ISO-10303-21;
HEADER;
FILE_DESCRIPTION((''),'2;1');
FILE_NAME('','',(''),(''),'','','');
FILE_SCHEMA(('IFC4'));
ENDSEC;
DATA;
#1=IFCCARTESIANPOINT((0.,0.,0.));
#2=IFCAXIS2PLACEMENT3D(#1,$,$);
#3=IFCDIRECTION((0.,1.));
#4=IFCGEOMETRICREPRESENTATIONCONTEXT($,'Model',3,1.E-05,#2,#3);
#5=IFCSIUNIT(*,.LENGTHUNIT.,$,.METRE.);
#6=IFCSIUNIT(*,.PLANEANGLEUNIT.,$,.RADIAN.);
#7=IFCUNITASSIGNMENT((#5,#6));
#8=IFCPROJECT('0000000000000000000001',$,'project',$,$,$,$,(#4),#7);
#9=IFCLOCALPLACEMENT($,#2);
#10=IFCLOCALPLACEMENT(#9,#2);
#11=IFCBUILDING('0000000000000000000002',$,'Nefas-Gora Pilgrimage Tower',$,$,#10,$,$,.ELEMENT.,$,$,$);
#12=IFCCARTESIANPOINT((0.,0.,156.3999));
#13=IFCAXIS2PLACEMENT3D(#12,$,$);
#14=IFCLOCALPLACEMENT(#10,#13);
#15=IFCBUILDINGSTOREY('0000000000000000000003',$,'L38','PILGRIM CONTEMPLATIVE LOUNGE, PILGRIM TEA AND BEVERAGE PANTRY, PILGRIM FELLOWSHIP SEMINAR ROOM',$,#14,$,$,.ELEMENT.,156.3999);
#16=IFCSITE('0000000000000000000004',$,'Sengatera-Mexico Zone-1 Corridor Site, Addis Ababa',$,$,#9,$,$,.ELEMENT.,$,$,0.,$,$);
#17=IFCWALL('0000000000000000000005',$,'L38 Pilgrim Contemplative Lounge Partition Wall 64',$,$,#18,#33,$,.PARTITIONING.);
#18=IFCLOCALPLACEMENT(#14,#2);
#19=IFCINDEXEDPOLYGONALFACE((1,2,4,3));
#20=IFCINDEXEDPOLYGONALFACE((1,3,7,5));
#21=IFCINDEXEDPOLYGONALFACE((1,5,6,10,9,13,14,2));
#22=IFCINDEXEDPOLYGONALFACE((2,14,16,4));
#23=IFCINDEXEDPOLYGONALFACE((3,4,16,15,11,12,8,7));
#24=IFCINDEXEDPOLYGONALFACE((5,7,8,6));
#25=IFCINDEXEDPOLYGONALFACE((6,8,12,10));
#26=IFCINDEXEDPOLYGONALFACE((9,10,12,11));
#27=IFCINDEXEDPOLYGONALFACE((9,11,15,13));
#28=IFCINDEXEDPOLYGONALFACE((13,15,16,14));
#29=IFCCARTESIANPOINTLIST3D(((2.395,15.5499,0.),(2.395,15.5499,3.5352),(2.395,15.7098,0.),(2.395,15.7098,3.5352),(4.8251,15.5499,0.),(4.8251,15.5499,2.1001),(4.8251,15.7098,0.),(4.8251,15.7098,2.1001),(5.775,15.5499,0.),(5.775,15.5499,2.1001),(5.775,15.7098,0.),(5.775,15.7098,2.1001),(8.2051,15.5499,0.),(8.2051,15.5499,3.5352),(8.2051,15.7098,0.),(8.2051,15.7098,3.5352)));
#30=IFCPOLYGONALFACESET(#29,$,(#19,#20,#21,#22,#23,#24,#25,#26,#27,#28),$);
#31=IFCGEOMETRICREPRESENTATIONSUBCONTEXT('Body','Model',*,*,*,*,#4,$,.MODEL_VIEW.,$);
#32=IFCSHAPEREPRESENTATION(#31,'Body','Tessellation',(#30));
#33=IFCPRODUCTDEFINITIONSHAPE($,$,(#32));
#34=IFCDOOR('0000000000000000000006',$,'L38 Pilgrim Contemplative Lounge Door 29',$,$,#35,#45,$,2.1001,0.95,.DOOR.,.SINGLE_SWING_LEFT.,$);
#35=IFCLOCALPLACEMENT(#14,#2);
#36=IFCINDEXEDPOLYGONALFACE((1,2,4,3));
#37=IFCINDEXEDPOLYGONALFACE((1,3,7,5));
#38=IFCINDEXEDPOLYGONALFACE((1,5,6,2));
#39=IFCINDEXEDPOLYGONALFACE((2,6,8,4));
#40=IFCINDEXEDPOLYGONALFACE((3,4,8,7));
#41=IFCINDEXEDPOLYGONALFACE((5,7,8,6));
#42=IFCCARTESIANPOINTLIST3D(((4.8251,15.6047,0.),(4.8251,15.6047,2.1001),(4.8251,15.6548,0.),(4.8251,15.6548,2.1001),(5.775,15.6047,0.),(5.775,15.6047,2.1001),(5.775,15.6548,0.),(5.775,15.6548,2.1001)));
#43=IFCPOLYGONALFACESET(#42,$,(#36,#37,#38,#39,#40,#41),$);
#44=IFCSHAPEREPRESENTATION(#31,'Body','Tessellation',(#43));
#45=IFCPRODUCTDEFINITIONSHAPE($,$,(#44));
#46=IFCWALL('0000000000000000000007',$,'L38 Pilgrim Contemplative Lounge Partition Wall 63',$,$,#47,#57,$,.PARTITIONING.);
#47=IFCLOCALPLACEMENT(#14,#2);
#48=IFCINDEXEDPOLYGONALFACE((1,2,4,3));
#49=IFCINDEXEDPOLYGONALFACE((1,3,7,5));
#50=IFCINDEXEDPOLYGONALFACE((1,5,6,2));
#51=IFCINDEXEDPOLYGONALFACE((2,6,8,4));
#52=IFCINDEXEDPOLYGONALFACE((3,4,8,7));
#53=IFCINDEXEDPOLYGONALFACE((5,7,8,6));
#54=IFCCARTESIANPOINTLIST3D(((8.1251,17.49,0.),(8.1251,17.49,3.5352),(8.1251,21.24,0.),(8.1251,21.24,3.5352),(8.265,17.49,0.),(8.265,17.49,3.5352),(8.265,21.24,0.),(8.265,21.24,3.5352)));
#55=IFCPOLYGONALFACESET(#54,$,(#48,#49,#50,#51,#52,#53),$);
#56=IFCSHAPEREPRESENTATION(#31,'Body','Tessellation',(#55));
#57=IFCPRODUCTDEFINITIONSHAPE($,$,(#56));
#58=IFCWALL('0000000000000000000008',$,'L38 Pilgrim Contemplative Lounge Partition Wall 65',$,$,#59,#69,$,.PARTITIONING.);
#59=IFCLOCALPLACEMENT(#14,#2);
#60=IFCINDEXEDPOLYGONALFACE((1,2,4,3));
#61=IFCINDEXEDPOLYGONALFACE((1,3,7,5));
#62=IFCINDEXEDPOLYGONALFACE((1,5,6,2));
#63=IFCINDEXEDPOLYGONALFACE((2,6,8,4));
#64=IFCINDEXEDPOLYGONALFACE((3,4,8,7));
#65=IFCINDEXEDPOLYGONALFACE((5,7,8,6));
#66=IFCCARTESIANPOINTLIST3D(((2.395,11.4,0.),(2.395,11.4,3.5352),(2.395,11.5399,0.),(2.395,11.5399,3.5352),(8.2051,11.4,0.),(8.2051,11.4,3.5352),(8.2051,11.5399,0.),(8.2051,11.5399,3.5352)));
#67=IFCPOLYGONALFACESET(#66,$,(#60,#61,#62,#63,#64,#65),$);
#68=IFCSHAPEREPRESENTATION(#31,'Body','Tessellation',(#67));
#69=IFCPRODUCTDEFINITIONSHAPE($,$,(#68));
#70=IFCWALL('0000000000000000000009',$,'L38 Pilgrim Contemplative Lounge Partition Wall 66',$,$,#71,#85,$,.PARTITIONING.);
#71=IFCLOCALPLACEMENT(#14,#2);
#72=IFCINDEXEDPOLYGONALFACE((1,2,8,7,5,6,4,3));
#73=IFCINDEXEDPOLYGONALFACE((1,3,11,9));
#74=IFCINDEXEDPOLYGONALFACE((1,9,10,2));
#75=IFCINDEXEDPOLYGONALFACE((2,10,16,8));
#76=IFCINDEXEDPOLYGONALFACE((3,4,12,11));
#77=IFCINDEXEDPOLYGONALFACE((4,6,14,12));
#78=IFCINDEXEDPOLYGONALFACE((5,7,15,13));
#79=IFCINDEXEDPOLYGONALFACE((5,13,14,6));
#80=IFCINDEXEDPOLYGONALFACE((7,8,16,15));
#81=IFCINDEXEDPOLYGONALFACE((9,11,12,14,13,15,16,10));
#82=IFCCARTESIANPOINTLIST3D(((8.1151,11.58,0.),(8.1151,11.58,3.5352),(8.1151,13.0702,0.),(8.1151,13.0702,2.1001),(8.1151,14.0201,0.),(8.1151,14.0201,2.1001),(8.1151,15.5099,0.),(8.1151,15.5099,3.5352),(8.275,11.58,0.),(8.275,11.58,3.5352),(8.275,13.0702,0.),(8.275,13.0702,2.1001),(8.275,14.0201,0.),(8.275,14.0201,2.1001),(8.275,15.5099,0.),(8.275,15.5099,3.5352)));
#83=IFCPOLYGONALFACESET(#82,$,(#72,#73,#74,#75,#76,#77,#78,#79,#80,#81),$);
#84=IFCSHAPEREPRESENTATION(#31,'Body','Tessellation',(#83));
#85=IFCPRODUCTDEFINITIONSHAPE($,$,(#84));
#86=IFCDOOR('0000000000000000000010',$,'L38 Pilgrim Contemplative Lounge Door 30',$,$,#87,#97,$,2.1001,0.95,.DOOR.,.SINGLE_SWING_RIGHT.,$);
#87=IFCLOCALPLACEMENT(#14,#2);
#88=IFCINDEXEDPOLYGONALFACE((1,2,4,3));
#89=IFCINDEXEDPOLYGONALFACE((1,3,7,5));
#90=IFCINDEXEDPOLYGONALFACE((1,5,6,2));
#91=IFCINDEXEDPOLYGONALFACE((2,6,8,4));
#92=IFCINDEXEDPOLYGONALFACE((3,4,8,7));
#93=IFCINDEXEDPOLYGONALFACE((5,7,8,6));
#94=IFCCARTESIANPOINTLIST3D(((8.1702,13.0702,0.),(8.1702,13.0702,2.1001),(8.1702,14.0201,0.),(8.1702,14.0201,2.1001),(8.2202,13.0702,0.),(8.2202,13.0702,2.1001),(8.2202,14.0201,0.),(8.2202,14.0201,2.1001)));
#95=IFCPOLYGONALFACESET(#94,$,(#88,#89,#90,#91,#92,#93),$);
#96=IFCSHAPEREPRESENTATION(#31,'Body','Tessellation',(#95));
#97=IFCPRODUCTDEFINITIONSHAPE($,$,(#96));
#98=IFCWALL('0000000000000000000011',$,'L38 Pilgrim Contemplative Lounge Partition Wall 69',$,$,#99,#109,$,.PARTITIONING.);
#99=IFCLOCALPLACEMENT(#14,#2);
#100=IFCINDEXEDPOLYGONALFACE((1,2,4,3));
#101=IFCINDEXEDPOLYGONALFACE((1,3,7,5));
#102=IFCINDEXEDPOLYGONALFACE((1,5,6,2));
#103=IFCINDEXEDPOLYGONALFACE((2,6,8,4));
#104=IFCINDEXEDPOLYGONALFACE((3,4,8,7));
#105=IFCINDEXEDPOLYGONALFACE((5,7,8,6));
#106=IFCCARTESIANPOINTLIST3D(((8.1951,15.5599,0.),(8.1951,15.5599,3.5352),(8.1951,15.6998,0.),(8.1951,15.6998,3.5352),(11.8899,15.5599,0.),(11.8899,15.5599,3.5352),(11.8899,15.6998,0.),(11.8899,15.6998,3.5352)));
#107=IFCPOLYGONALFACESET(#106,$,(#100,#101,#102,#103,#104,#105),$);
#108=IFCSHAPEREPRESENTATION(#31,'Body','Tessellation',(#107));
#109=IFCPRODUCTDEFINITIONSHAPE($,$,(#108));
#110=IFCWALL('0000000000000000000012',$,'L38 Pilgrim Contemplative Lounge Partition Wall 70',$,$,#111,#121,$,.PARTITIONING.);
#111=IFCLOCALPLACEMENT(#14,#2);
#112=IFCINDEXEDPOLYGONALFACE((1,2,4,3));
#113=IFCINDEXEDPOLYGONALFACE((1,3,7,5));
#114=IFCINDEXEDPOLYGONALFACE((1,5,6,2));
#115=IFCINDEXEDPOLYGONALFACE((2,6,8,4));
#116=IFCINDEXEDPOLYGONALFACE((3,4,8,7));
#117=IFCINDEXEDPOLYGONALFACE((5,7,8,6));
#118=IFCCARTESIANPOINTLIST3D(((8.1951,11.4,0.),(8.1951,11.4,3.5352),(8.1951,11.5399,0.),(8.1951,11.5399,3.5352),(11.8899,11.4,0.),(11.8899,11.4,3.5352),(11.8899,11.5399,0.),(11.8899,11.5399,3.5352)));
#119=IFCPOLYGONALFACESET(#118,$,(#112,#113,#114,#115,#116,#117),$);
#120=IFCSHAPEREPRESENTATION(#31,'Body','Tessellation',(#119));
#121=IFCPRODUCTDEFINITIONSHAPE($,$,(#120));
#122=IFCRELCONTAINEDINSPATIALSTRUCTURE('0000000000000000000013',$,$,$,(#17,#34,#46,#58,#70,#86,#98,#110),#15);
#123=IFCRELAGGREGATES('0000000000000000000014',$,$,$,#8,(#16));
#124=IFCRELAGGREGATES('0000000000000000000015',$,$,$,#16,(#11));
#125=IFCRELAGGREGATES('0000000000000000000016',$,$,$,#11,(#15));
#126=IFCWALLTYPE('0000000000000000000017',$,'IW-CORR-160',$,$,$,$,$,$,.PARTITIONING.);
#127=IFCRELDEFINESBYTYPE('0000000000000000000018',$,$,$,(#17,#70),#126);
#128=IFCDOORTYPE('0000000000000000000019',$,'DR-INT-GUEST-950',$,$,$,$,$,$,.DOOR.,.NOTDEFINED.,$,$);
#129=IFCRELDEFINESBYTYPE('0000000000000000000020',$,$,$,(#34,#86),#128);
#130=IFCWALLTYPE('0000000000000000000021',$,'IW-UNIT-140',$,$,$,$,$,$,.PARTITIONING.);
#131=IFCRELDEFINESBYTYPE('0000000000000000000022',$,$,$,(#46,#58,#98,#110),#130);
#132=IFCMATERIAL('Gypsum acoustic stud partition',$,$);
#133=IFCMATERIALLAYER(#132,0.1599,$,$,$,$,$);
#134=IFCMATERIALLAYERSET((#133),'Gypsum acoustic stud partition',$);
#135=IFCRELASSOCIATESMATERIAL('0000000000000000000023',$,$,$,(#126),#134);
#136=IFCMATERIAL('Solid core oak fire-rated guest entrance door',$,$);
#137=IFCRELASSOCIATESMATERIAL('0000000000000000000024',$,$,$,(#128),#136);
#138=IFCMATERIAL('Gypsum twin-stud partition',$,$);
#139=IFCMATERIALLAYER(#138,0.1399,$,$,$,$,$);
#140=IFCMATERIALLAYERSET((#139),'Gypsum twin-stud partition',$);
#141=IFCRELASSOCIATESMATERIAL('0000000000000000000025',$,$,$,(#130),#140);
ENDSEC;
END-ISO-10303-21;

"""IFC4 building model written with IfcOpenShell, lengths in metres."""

from ifc_helpers import new_model, si_unit, direction, frame, frame_2d, origin, place, context, subcontext, project, spatial, rectangle, extrude, source, transform, mapped, material, layer, layer_set, type_object, element, fill, save


model = new_model("IFC4")

# Units and contexts
model_context = context("Model", 3, precision=1e-05, world=origin(), true_north=direction((0.0, 1.0)))
body_context = subcontext(model_context, "Body", "Model", "MODEL_VIEW")
ifc_project = project(units=[si_unit("LENGTHUNIT", "METRE"), si_unit("PLANEANGLEUNIT", "RADIAN")], contexts=[model_context])

# Site, building, storey
site_placement = place(None, origin())
site = spatial("IfcSite", under=ifc_project, at=site_placement, Name="Sengatera-Mexico Zone-1 Corridor Site, Addis Ababa", CompositionType="ELEMENT", RefElevation=0.0)
building_placement = place(site_placement, origin())
building = spatial("IfcBuilding", under=site, at=building_placement, Name="Nefas-Gora Pilgrimage Tower", CompositionType="ELEMENT")
storey_placement = place(building_placement, frame((0.0, 0.0, 156.3999)))
storey = spatial("IfcBuildingStorey", under=building, at=storey_placement, Name="L38", Description="PILGRIM CONTEMPLATIVE LOUNGE, PILGRIM TEA AND BEVERAGE PANTRY, PILGRIM FELLOWSHIP SEMINAR ROOM", CompositionType="ELEMENT", Elevation=156.3999)

# Shared definitions
ifc_material_1 = material(Name="Gypsum acoustic stud partition")
ifc_layer_1 = layer(ifc_material_1, 0.1599)
ifc_layer_set_1 = layer_set([ifc_layer_1], Name="Gypsum acoustic stud partition")
wall_type_1 = type_object("IfcWallType", Name="IW-CORR-160", PredefinedType="PARTITIONING", material=ifc_layer_set_1)
ifc_material_2 = material(Name="Solid core oak fire-rated guest entrance door")
door_type_1 = type_object("IfcDoorType", Name="DR-INT-GUEST-950", OperationType="NOTDEFINED", PredefinedType="DOOR", material=ifc_material_2)
shared_shape_1 = source(origin(), body_context, "Body", "SweptSolid", [
    extrude(rectangle(XDim=0.95, YDim=2.1001, at=frame_2d((0.4751, 1.05))), frame((0.0, 0.0249, 0.0), z_axis=(0.0, -1.0, 0.0), x_axis=(1.0, 0.0, 0.0)), (0.0, 0.0, 1.0), 0.05),
])

# Shared definitions
ifc_material_3 = material(Name="Gypsum twin-stud partition")
ifc_layer_2 = layer(ifc_material_3, 0.1399)
ifc_layer_set_2 = layer_set([ifc_layer_2], Name="Gypsum twin-stud partition")
wall_type_2 = type_object("IfcWallType", Name="IW-UNIT-140", PredefinedType="PARTITIONING", material=ifc_layer_set_2)

# Wall, opening, door
shared_shape_2 = source(origin(), body_context, "Body", "SweptSolid", [
    extrude(rectangle(XDim=5.8101, YDim=0.1599, at=frame_2d((2.905, 0.0))), origin(), (0.0, 0.0, 1.0), 3.5352),
])
wall_1_placement = place(storey_placement, frame((2.395, 15.6299, 0.0), z_axis=(0.0, 0.0, 1.0), x_axis=(1.0, 0.0, 0.0)))
wall_1 = element("IfcWall", 1, at=wall_1_placement, inside=storey, type_object=wall_type_1, Name="L38 Pilgrim Contemplative Lounge Partition Wall 64", PredefinedType="PARTITIONING", context=body_context, shape_type="MappedRepresentation", body=[
    mapped(shared_shape_2, transform((0.0, 0.0, 0.0), x_axis=(1.0, 0.0, 0.0), y_axis=(0.0, 1.0, 0.0), z_axis=(0.0, 0.0, 1.0), scale=1.0)),
])
opening_1_placement = place(wall_1_placement, frame((2.4299, 0.0, 0.0)))
opening_1 = element("IfcOpeningElement", 2, at=opening_1_placement, cuts=wall_1, PredefinedType="OPENING", context=body_context, shape_type="SweptSolid", body=[
    extrude(rectangle(XDim=0.95, YDim=2.1001, at=frame_2d((0.4751, 1.05))), frame((0.0, 0.0898, 0.0), z_axis=(0.0, -1.0, 0.0), x_axis=(1.0, 0.0, 0.0)), (0.0, 0.0, 1.0), 0.1799),
])
door_1_placement = place(opening_1_placement, origin())
door_1 = element("IfcDoor", 3, at=door_1_placement, inside=storey, type_object=door_type_1, Name="L38 Pilgrim Contemplative Lounge Door 29", OperationType="SINGLE_SWING_LEFT", OverallHeight=2.1001, OverallWidth=0.95, PredefinedType="DOOR", context=body_context, shape_type="MappedRepresentation", body=[
    mapped(shared_shape_1, transform((0.0, 0.0, 0.0), x_axis=(1.0, 0.0, 0.0), y_axis=(0.0, 1.0, 0.0), z_axis=(0.0, 0.0, 1.0), scale=1.0)),
])
fill(opening_1, door_1)

# Walls
shared_shape_3 = source(origin(), body_context, "Body", "SweptSolid", [
    extrude(rectangle(XDim=3.75, YDim=0.1399, at=frame_2d((1.875, 0.0))), origin(), (0.0, 0.0, 1.0), 3.5352),
])
wall_2_placement = place(storey_placement, frame((8.1951, 17.49, 0.0), z_axis=(0.0, 0.0, 1.0), x_axis=(0.0, 1.0, 0.0)))
element("IfcWall", 4, at=wall_2_placement, inside=storey, type_object=wall_type_2, Name="L38 Pilgrim Contemplative Lounge Partition Wall 63", PredefinedType="PARTITIONING", context=body_context, shape_type="MappedRepresentation", body=[
    mapped(shared_shape_3, transform((0.0, 0.0, 0.0), x_axis=(1.0, 0.0, 0.0), y_axis=(0.0, 1.0, 0.0), z_axis=(0.0, 0.0, 1.0), scale=1.0)),
])
shared_shape_4 = source(origin(), body_context, "Body", "SweptSolid", [
    extrude(rectangle(XDim=5.8101, YDim=0.1399, at=frame_2d((2.905, 0.0))), origin(), (0.0, 0.0, 1.0), 3.5352),
])
wall_3_placement = place(storey_placement, frame((2.395, 11.47, 0.0), z_axis=(0.0, 0.0, 1.0), x_axis=(1.0, 0.0, 0.0)))
element("IfcWall", 5, at=wall_3_placement, inside=storey, type_object=wall_type_2, Name="L38 Pilgrim Contemplative Lounge Partition Wall 65", PredefinedType="PARTITIONING", context=body_context, shape_type="MappedRepresentation", body=[
    mapped(shared_shape_4, transform((0.0, 0.0, 0.0), x_axis=(1.0, 0.0, 0.0), y_axis=(0.0, 1.0, 0.0), z_axis=(0.0, 0.0, 1.0), scale=1.0)),
])

# Wall, opening, door
shared_shape_5 = source(origin(), body_context, "Body", "SweptSolid", [
    extrude(rectangle(XDim=3.9299, YDim=0.1599, at=frame_2d((1.9648, 0.0))), origin(), (0.0, 0.0, 1.0), 3.5352),
])
wall_4_placement = place(storey_placement, frame((8.1951, 11.5801, 0.0), z_axis=(0.0, 0.0, 1.0), x_axis=(0.0, 1.0, 0.0)))
wall_4 = element("IfcWall", 6, at=wall_4_placement, inside=storey, type_object=wall_type_1, Name="L38 Pilgrim Contemplative Lounge Partition Wall 66", PredefinedType="PARTITIONING", context=body_context, shape_type="MappedRepresentation", body=[
    mapped(shared_shape_5, transform((0.0, 0.0, 0.0), x_axis=(1.0, 0.0, 0.0), y_axis=(0.0, 1.0, 0.0), z_axis=(0.0, 0.0, 1.0), scale=1.0)),
])
opening_2_placement = place(wall_4_placement, frame((1.49, 0.0, 0.0)))
opening_2 = element("IfcOpeningElement", 7, at=opening_2_placement, cuts=wall_4, PredefinedType="OPENING", context=body_context, shape_type="SweptSolid", body=[
    extrude(rectangle(XDim=0.95, YDim=2.1001, at=frame_2d((0.4751, 1.05))), frame((0.0, 0.0898, 0.0), z_axis=(0.0, -1.0, 0.0), x_axis=(1.0, 0.0, 0.0)), (0.0, 0.0, 1.0), 0.1799),
])
door_2_placement = place(opening_2_placement, origin())
door_2 = element("IfcDoor", 8, at=door_2_placement, inside=storey, type_object=door_type_1, Name="L38 Pilgrim Contemplative Lounge Door 30", OperationType="SINGLE_SWING_RIGHT", OverallHeight=2.1001, OverallWidth=0.95, PredefinedType="DOOR", context=body_context, shape_type="MappedRepresentation", body=[
    mapped(shared_shape_1, transform((0.0, 0.0, 0.0), x_axis=(1.0, 0.0, 0.0), y_axis=(0.0, 1.0, 0.0), z_axis=(0.0, 0.0, 1.0), scale=1.0)),
])
fill(opening_2, door_2)

# Walls
shared_shape_6 = source(origin(), body_context, "Body", "SweptSolid", [
    extrude(rectangle(XDim=3.6948, YDim=0.1399, at=frame_2d((1.8474, 0.0))), origin(), (0.0, 0.0, 1.0), 3.5352),
])
for number, where, z_axis, x_axis, name in (
    (9, (8.1951, 15.6299, 0.0), (0.0, 0.0, 1.0), (1.0, 0.0, 0.0), "L38 Pilgrim Contemplative Lounge Partition Wall 69"),
    (10, (8.1951, 11.47, 0.0), (0.0, 0.0, 1.0), (1.0, 0.0, 0.0), "L38 Pilgrim Contemplative Lounge Partition Wall 70"),
):
    element("IfcWall", number, at=place(storey_placement, frame(where, z_axis=z_axis, x_axis=x_axis)), inside=storey, type_object=wall_type_2, Name=name, PredefinedType="PARTITIONING", context=body_context, shape_type="MappedRepresentation", body=[
        mapped(shared_shape_6, transform((0.0, 0.0, 0.0), x_axis=(1.0, 0.0, 0.0), y_axis=(0.0, 1.0, 0.0), z_axis=(0.0, 0.0, 1.0), scale=1.0)),
    ])

save(model, "model.ifc")
